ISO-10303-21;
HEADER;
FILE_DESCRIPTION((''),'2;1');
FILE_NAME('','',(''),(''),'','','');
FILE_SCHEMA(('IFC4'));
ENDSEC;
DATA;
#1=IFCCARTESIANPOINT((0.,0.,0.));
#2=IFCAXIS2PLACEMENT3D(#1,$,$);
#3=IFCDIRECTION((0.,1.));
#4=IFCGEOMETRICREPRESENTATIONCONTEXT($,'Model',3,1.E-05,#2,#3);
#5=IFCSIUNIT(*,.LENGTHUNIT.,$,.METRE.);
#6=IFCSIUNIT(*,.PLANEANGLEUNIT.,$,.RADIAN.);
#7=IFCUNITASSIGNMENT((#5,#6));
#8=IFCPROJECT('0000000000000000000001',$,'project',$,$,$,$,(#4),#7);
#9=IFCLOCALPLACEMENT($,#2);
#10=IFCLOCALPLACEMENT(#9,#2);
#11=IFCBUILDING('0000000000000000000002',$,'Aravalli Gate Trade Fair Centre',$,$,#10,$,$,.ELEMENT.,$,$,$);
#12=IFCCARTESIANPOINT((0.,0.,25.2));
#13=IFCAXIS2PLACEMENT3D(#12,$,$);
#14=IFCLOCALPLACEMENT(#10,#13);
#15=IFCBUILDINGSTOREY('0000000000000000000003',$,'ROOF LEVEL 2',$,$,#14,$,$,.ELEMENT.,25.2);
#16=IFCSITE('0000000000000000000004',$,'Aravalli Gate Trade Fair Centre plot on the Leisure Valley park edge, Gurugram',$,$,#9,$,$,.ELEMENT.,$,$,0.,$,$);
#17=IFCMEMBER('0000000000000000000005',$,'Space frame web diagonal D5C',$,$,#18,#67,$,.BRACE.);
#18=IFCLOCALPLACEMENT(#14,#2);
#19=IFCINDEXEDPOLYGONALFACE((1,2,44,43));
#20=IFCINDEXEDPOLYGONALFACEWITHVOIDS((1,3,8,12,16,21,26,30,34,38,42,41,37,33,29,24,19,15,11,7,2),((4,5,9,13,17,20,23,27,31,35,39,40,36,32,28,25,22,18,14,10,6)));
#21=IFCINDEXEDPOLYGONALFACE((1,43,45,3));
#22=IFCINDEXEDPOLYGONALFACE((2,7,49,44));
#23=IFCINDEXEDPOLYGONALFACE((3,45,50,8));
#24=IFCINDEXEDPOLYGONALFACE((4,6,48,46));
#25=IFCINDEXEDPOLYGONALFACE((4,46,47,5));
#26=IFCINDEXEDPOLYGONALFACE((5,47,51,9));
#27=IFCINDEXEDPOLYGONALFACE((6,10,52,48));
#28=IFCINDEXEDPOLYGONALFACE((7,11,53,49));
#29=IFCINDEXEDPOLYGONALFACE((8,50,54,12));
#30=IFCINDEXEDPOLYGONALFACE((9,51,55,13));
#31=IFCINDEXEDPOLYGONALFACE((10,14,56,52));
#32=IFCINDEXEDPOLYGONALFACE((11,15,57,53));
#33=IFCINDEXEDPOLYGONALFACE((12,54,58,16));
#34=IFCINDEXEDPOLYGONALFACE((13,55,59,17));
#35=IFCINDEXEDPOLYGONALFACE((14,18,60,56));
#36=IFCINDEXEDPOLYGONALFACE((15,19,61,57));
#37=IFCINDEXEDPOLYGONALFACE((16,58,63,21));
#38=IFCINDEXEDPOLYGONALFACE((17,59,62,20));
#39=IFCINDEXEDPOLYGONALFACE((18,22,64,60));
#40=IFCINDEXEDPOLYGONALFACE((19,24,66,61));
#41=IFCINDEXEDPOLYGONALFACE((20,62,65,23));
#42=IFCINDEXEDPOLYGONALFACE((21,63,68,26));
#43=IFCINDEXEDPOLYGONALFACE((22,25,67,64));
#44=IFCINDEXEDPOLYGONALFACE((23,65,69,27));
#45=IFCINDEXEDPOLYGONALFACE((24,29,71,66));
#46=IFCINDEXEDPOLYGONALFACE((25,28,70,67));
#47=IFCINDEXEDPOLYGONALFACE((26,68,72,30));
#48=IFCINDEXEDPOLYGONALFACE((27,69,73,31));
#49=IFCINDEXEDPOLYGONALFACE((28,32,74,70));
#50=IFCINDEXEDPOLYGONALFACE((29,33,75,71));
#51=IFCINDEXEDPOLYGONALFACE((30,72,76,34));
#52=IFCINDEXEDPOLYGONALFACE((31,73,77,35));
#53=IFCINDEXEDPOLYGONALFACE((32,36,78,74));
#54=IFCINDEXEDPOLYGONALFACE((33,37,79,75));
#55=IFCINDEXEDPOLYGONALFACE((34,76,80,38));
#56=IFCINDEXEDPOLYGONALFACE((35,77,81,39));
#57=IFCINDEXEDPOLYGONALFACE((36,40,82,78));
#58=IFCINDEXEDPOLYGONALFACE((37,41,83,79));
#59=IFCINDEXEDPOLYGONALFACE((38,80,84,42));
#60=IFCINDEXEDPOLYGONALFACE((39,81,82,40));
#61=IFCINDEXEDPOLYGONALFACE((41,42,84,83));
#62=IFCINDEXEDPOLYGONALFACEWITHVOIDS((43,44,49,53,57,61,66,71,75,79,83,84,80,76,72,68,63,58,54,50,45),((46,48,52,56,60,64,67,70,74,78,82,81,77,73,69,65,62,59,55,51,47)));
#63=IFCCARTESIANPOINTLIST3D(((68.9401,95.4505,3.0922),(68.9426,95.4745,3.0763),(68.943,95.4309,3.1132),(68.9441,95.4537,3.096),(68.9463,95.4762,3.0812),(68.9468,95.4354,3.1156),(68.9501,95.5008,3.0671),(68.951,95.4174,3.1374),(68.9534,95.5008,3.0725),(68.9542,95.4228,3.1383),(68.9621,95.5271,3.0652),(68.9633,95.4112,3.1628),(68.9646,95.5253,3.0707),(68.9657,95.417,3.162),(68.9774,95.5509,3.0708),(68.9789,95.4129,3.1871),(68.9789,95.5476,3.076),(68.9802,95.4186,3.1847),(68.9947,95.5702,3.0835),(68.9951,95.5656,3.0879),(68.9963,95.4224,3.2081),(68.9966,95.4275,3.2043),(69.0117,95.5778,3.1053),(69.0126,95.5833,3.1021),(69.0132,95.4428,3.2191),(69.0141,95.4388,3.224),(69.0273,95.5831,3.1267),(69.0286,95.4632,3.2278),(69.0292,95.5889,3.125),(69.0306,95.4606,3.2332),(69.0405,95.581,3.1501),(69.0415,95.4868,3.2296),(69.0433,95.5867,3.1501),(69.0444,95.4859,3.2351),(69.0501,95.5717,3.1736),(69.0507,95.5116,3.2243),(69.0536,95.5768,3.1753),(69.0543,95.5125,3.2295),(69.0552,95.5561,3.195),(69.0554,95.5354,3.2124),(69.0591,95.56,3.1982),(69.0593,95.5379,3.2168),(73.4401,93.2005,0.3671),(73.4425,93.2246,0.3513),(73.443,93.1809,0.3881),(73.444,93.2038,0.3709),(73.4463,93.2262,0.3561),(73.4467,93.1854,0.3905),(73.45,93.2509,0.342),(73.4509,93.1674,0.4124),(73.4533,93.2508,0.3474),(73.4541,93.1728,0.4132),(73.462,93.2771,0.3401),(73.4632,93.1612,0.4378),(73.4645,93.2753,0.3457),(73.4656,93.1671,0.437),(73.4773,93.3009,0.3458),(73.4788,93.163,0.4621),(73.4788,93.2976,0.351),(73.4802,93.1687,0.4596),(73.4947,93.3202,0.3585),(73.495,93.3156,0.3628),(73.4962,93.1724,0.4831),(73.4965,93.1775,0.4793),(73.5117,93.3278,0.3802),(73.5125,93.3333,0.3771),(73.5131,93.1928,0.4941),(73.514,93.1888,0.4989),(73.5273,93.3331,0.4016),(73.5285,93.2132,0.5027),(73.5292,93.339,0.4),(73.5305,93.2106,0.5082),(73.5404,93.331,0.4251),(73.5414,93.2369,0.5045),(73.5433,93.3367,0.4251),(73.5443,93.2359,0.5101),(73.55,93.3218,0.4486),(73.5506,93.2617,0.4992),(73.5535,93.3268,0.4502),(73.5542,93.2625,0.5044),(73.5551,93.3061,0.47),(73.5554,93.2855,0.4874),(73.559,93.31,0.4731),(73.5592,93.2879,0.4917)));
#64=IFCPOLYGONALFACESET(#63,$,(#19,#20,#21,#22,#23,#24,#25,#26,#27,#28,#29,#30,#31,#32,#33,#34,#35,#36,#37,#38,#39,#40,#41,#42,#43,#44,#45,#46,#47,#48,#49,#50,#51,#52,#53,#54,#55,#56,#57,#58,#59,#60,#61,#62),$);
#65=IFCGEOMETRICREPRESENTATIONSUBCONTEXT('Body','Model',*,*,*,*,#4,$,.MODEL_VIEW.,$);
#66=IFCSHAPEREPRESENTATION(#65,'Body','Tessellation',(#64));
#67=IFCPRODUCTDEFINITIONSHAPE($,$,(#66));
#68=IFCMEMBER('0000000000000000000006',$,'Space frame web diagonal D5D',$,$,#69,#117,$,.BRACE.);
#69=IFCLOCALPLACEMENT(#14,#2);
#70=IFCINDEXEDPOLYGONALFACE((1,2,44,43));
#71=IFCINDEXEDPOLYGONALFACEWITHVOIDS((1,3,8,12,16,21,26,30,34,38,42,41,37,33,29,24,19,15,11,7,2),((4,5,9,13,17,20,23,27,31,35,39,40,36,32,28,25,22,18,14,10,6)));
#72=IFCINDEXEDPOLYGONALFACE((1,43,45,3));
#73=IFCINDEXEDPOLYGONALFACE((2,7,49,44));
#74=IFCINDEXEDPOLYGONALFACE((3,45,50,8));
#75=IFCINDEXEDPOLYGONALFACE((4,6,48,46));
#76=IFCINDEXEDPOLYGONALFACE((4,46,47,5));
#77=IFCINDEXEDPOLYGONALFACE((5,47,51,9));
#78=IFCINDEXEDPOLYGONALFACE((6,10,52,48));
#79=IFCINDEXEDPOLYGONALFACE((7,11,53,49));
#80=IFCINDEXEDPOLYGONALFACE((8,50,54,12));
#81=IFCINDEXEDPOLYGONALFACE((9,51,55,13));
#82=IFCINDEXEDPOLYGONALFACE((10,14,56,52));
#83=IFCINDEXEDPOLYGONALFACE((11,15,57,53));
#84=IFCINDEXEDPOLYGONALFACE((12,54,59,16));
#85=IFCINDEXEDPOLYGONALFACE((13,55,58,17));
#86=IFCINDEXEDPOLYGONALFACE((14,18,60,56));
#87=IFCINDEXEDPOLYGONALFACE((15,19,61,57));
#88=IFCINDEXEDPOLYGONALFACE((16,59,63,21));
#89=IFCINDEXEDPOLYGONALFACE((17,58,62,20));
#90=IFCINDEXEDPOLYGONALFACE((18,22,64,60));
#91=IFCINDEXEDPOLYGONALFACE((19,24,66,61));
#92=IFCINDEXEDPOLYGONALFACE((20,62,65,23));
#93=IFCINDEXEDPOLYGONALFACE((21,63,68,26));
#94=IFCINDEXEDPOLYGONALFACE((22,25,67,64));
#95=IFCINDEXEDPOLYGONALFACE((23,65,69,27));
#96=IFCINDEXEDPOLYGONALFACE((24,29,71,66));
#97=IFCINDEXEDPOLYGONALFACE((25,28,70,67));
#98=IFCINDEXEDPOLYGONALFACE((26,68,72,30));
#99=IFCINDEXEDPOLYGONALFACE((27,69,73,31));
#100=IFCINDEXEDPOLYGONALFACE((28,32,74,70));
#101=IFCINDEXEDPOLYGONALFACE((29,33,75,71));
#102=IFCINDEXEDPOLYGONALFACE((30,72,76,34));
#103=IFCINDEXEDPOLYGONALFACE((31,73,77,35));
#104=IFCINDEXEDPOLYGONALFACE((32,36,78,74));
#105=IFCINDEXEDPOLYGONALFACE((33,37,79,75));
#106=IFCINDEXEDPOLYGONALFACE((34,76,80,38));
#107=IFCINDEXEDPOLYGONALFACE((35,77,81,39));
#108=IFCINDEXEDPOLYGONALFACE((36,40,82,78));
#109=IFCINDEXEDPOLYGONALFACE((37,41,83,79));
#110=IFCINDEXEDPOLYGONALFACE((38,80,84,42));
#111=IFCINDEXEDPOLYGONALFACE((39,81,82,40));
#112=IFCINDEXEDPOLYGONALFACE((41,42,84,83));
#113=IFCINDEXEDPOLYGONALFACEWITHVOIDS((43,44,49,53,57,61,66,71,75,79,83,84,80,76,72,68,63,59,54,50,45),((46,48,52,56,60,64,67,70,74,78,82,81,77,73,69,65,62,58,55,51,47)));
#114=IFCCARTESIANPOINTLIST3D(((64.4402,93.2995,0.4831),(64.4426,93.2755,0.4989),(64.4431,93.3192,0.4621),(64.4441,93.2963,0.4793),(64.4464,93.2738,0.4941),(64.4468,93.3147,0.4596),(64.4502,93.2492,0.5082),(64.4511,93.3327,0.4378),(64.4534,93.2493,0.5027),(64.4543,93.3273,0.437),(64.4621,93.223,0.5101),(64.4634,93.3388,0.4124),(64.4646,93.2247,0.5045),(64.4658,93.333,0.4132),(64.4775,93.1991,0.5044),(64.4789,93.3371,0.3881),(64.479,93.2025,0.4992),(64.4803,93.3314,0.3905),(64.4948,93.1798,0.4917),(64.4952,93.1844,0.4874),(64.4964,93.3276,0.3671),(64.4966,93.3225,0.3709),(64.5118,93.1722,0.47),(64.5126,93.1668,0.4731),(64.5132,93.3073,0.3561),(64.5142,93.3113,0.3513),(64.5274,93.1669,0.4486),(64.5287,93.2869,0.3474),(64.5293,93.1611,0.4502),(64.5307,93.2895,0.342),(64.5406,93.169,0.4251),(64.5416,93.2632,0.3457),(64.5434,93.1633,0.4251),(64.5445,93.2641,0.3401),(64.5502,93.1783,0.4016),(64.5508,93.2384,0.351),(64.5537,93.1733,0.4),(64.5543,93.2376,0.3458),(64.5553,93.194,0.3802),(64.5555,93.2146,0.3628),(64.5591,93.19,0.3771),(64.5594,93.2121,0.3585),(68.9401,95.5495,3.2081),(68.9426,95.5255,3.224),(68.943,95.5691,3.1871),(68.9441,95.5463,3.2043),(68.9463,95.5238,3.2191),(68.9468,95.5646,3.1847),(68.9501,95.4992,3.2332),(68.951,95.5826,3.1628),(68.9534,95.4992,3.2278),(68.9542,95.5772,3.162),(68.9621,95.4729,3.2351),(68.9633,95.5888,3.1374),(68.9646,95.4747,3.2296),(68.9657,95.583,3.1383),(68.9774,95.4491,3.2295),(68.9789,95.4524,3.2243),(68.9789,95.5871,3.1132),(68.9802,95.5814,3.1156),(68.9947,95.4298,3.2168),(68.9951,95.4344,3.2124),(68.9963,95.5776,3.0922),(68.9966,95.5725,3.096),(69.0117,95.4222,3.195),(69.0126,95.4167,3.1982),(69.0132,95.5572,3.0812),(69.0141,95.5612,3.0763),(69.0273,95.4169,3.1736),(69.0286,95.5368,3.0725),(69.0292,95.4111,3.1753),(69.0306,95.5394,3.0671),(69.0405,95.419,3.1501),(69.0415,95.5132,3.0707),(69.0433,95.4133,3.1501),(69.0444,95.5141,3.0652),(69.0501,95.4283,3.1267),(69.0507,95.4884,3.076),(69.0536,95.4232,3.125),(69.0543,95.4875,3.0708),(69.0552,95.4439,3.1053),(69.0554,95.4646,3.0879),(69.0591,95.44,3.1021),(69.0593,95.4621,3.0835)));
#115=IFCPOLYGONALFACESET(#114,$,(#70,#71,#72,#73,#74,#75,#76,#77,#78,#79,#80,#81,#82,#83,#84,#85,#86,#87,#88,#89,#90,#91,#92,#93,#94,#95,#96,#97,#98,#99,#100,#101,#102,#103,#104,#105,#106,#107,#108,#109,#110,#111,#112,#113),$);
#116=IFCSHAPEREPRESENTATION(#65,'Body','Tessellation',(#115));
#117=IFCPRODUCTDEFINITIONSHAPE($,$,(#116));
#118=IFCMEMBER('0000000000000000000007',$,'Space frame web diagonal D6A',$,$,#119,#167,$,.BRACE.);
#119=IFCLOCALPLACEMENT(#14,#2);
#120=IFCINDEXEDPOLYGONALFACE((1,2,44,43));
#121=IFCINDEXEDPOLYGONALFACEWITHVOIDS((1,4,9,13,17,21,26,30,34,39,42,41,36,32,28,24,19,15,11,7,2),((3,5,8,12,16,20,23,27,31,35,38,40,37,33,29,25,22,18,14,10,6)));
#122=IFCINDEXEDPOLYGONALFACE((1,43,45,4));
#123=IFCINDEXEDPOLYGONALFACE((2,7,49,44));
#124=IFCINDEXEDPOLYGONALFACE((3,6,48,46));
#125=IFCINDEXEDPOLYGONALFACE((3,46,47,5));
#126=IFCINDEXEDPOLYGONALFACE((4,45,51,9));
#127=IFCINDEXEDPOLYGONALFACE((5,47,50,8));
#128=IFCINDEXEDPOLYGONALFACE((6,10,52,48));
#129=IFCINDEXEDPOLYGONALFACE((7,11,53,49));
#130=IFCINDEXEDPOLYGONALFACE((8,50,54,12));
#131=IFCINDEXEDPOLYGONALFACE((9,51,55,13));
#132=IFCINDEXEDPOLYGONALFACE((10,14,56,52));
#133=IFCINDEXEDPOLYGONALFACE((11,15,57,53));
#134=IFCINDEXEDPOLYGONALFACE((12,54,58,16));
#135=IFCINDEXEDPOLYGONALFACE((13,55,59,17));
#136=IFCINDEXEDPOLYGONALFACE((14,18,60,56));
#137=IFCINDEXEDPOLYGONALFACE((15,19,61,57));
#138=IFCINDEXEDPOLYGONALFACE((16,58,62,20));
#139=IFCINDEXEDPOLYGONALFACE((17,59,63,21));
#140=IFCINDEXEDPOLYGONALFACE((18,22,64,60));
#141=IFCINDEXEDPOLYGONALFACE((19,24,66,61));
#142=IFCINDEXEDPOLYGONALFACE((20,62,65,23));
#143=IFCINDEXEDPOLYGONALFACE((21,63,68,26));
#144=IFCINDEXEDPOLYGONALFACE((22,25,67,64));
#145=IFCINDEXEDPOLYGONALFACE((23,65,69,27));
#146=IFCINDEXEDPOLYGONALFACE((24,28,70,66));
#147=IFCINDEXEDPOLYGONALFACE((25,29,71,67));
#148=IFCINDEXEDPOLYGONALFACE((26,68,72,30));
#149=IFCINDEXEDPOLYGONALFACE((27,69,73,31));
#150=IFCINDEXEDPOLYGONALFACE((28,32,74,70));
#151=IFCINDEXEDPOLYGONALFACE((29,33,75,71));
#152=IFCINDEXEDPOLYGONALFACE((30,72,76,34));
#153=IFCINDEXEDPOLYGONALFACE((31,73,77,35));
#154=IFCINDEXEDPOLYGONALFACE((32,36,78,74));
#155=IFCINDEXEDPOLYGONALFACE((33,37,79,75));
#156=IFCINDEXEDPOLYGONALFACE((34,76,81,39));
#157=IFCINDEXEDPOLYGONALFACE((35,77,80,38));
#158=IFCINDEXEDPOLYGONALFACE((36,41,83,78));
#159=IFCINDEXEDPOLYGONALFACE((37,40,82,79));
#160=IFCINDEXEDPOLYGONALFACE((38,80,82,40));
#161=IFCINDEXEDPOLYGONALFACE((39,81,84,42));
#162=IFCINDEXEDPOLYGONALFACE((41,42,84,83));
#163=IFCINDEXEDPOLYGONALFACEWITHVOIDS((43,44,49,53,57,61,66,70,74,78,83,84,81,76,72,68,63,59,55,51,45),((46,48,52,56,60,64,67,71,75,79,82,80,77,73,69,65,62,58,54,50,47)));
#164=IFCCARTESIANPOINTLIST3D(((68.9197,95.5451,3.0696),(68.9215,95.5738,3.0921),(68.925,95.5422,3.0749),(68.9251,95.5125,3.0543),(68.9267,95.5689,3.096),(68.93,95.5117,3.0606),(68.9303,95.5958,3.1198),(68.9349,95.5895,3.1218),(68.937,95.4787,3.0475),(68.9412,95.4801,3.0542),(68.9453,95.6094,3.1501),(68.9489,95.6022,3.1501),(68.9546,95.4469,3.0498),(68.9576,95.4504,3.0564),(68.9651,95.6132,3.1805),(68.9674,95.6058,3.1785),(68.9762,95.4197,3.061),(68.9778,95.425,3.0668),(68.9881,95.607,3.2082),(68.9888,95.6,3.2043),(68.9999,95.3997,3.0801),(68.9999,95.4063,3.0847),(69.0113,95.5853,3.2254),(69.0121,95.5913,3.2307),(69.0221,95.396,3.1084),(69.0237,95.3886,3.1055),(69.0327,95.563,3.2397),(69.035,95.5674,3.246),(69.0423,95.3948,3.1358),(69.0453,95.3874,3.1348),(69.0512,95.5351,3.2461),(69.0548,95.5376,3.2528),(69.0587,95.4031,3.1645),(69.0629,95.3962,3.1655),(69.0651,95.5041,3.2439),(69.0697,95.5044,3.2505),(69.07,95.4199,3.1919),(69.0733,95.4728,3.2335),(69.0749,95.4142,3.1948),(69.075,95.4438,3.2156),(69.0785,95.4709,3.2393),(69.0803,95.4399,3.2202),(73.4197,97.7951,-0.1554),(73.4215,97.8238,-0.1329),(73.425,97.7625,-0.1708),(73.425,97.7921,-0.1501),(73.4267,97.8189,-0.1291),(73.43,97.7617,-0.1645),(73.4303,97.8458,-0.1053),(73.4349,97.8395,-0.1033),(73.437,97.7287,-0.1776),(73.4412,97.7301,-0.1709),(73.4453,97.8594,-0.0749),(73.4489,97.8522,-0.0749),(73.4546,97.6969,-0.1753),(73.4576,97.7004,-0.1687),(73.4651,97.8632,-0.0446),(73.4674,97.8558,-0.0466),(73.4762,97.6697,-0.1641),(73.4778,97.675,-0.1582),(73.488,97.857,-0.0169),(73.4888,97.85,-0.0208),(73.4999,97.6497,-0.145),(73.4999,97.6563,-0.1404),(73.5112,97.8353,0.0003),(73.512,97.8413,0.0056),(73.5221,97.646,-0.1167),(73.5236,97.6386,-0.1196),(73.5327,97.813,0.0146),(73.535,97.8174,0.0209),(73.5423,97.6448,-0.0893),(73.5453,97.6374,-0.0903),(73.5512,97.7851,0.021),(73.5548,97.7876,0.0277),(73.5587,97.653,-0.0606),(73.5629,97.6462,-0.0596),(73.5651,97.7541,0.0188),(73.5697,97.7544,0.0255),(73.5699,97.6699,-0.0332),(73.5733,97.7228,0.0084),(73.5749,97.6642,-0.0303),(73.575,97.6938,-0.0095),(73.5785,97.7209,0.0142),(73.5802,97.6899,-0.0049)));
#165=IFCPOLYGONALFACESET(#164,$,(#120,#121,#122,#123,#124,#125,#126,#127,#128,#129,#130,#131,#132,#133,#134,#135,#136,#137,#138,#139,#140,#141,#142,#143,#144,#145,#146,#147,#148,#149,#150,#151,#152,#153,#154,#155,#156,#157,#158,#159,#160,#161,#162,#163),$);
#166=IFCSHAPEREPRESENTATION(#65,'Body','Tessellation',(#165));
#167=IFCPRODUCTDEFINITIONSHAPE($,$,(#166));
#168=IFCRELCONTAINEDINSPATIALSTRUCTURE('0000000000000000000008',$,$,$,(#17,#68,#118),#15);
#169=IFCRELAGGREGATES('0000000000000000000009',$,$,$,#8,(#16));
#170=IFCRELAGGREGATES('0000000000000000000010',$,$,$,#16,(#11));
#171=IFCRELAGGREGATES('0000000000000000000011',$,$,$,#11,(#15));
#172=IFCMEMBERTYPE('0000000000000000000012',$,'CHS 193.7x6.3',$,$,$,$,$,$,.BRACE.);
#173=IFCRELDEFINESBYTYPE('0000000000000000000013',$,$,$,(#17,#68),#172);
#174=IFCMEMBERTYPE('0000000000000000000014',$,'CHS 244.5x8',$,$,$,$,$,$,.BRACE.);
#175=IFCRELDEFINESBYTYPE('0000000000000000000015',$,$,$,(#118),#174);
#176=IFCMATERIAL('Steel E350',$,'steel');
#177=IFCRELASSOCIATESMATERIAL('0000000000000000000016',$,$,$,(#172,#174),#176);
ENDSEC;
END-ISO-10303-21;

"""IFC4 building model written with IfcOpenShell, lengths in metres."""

from ifc_helpers import new_model, si_unit, direction, frame, origin, origin_2d, place, context, subcontext, project, spatial, hollow_circle, extrude, material, material_profile, profile_set, type_object, element, save


model = new_model("IFC4")

# Units and contexts
model_context = context("Model", 3, precision=1e-05, world=origin(), true_north=direction((0.0, 1.0)))
body_context = subcontext(model_context, "Body", "Model", "MODEL_VIEW")
ifc_project = project(units=[si_unit("LENGTHUNIT", "METRE"), si_unit("PLANEANGLEUNIT", "RADIAN")], contexts=[model_context])

# Site, building, storey
site_placement = place(None, origin())
site = spatial("IfcSite", under=ifc_project, at=site_placement, Name="Aravalli Gate Trade Fair Centre plot on the Leisure Valley park edge, Gurugram", CompositionType="ELEMENT", RefElevation=0.0)
building_placement = place(site_placement, origin())
building = spatial("IfcBuilding", under=site, at=building_placement, Name="Aravalli Gate Trade Fair Centre", CompositionType="ELEMENT")
storey_placement = place(building_placement, frame((0.0, 0.0, 25.2)))
storey = spatial("IfcBuildingStorey", under=building, at=storey_placement, Name="ROOF LEVEL 2", CompositionType="ELEMENT", Elevation=25.2)

# Members
ifc_material = material(Name="Steel E350", Category="steel")
ifc_material_profile_1 = material_profile(ifc_material, hollow_circle(Radius=0.0969, WallThickness=0.0063, at=origin_2d()), Name="CHS 193.7x6.3")
ifc_profile_set_1 = profile_set([ifc_material_profile_1], Name="Steel E350")
member_type_1 = type_object("IfcMemberType", Name="CHS 193.7x6.3", PredefinedType="BRACE", material=ifc_profile_set_1)
for number, where, z_axis, x_axis, name in (
    (1, (69.0, 95.5, 3.1501), (0.78647, -0.393235, -0.476268), (0.447214, 0.894427, 0.0), "Space frame web diagonal D5C"),
    (2, (69.0, 95.5, 3.1501), (-0.78647, -0.393235, -0.476268), (0.447214, -0.894427, 0.0), "Space frame web diagonal D5D"),
):
    element("IfcMember", number, at=place(storey_placement, frame(where, z_axis=z_axis, x_axis=x_axis)), inside=storey, type_object=member_type_1, Name=name, PredefinedType="BRACE", context=body_context, shape_type="SweptSolid", body=[
        extrude(hollow_circle(Radius=0.0969, WallThickness=0.0063, at=origin_2d()), origin(), (0.0, 0.0, 1.0), 5.7217),
    ])
ifc_material_profile_2 = material_profile(ifc_material, hollow_circle(Radius=0.1223, WallThickness=0.0081, at=origin_2d()), Name="CHS 244.5x8")
ifc_profile_set_2 = profile_set([ifc_material_profile_2], Name="Steel E350")
member_type_2 = type_object("IfcMemberType", Name="CHS 244.5x8", PredefinedType="BRACE", material=ifc_profile_set_2)
member_1_placement = place(storey_placement, frame((69.0, 95.5, 3.1501), z_axis=(0.753, 0.3765, -0.539666), x_axis=(-0.447214, 0.894427, 0.0)))
element("IfcMember", 3, at=member_1_placement, inside=storey, type_object=member_type_2, Name="Space frame web diagonal D6A", PredefinedType="BRACE", context=body_context, shape_type="SweptSolid", body=[
    extrude(hollow_circle(Radius=0.1223, WallThickness=0.0081, at=origin_2d()), origin(), (0.0, 0.0, 1.0), 5.9761),
])

save(model, "model.ifc")
